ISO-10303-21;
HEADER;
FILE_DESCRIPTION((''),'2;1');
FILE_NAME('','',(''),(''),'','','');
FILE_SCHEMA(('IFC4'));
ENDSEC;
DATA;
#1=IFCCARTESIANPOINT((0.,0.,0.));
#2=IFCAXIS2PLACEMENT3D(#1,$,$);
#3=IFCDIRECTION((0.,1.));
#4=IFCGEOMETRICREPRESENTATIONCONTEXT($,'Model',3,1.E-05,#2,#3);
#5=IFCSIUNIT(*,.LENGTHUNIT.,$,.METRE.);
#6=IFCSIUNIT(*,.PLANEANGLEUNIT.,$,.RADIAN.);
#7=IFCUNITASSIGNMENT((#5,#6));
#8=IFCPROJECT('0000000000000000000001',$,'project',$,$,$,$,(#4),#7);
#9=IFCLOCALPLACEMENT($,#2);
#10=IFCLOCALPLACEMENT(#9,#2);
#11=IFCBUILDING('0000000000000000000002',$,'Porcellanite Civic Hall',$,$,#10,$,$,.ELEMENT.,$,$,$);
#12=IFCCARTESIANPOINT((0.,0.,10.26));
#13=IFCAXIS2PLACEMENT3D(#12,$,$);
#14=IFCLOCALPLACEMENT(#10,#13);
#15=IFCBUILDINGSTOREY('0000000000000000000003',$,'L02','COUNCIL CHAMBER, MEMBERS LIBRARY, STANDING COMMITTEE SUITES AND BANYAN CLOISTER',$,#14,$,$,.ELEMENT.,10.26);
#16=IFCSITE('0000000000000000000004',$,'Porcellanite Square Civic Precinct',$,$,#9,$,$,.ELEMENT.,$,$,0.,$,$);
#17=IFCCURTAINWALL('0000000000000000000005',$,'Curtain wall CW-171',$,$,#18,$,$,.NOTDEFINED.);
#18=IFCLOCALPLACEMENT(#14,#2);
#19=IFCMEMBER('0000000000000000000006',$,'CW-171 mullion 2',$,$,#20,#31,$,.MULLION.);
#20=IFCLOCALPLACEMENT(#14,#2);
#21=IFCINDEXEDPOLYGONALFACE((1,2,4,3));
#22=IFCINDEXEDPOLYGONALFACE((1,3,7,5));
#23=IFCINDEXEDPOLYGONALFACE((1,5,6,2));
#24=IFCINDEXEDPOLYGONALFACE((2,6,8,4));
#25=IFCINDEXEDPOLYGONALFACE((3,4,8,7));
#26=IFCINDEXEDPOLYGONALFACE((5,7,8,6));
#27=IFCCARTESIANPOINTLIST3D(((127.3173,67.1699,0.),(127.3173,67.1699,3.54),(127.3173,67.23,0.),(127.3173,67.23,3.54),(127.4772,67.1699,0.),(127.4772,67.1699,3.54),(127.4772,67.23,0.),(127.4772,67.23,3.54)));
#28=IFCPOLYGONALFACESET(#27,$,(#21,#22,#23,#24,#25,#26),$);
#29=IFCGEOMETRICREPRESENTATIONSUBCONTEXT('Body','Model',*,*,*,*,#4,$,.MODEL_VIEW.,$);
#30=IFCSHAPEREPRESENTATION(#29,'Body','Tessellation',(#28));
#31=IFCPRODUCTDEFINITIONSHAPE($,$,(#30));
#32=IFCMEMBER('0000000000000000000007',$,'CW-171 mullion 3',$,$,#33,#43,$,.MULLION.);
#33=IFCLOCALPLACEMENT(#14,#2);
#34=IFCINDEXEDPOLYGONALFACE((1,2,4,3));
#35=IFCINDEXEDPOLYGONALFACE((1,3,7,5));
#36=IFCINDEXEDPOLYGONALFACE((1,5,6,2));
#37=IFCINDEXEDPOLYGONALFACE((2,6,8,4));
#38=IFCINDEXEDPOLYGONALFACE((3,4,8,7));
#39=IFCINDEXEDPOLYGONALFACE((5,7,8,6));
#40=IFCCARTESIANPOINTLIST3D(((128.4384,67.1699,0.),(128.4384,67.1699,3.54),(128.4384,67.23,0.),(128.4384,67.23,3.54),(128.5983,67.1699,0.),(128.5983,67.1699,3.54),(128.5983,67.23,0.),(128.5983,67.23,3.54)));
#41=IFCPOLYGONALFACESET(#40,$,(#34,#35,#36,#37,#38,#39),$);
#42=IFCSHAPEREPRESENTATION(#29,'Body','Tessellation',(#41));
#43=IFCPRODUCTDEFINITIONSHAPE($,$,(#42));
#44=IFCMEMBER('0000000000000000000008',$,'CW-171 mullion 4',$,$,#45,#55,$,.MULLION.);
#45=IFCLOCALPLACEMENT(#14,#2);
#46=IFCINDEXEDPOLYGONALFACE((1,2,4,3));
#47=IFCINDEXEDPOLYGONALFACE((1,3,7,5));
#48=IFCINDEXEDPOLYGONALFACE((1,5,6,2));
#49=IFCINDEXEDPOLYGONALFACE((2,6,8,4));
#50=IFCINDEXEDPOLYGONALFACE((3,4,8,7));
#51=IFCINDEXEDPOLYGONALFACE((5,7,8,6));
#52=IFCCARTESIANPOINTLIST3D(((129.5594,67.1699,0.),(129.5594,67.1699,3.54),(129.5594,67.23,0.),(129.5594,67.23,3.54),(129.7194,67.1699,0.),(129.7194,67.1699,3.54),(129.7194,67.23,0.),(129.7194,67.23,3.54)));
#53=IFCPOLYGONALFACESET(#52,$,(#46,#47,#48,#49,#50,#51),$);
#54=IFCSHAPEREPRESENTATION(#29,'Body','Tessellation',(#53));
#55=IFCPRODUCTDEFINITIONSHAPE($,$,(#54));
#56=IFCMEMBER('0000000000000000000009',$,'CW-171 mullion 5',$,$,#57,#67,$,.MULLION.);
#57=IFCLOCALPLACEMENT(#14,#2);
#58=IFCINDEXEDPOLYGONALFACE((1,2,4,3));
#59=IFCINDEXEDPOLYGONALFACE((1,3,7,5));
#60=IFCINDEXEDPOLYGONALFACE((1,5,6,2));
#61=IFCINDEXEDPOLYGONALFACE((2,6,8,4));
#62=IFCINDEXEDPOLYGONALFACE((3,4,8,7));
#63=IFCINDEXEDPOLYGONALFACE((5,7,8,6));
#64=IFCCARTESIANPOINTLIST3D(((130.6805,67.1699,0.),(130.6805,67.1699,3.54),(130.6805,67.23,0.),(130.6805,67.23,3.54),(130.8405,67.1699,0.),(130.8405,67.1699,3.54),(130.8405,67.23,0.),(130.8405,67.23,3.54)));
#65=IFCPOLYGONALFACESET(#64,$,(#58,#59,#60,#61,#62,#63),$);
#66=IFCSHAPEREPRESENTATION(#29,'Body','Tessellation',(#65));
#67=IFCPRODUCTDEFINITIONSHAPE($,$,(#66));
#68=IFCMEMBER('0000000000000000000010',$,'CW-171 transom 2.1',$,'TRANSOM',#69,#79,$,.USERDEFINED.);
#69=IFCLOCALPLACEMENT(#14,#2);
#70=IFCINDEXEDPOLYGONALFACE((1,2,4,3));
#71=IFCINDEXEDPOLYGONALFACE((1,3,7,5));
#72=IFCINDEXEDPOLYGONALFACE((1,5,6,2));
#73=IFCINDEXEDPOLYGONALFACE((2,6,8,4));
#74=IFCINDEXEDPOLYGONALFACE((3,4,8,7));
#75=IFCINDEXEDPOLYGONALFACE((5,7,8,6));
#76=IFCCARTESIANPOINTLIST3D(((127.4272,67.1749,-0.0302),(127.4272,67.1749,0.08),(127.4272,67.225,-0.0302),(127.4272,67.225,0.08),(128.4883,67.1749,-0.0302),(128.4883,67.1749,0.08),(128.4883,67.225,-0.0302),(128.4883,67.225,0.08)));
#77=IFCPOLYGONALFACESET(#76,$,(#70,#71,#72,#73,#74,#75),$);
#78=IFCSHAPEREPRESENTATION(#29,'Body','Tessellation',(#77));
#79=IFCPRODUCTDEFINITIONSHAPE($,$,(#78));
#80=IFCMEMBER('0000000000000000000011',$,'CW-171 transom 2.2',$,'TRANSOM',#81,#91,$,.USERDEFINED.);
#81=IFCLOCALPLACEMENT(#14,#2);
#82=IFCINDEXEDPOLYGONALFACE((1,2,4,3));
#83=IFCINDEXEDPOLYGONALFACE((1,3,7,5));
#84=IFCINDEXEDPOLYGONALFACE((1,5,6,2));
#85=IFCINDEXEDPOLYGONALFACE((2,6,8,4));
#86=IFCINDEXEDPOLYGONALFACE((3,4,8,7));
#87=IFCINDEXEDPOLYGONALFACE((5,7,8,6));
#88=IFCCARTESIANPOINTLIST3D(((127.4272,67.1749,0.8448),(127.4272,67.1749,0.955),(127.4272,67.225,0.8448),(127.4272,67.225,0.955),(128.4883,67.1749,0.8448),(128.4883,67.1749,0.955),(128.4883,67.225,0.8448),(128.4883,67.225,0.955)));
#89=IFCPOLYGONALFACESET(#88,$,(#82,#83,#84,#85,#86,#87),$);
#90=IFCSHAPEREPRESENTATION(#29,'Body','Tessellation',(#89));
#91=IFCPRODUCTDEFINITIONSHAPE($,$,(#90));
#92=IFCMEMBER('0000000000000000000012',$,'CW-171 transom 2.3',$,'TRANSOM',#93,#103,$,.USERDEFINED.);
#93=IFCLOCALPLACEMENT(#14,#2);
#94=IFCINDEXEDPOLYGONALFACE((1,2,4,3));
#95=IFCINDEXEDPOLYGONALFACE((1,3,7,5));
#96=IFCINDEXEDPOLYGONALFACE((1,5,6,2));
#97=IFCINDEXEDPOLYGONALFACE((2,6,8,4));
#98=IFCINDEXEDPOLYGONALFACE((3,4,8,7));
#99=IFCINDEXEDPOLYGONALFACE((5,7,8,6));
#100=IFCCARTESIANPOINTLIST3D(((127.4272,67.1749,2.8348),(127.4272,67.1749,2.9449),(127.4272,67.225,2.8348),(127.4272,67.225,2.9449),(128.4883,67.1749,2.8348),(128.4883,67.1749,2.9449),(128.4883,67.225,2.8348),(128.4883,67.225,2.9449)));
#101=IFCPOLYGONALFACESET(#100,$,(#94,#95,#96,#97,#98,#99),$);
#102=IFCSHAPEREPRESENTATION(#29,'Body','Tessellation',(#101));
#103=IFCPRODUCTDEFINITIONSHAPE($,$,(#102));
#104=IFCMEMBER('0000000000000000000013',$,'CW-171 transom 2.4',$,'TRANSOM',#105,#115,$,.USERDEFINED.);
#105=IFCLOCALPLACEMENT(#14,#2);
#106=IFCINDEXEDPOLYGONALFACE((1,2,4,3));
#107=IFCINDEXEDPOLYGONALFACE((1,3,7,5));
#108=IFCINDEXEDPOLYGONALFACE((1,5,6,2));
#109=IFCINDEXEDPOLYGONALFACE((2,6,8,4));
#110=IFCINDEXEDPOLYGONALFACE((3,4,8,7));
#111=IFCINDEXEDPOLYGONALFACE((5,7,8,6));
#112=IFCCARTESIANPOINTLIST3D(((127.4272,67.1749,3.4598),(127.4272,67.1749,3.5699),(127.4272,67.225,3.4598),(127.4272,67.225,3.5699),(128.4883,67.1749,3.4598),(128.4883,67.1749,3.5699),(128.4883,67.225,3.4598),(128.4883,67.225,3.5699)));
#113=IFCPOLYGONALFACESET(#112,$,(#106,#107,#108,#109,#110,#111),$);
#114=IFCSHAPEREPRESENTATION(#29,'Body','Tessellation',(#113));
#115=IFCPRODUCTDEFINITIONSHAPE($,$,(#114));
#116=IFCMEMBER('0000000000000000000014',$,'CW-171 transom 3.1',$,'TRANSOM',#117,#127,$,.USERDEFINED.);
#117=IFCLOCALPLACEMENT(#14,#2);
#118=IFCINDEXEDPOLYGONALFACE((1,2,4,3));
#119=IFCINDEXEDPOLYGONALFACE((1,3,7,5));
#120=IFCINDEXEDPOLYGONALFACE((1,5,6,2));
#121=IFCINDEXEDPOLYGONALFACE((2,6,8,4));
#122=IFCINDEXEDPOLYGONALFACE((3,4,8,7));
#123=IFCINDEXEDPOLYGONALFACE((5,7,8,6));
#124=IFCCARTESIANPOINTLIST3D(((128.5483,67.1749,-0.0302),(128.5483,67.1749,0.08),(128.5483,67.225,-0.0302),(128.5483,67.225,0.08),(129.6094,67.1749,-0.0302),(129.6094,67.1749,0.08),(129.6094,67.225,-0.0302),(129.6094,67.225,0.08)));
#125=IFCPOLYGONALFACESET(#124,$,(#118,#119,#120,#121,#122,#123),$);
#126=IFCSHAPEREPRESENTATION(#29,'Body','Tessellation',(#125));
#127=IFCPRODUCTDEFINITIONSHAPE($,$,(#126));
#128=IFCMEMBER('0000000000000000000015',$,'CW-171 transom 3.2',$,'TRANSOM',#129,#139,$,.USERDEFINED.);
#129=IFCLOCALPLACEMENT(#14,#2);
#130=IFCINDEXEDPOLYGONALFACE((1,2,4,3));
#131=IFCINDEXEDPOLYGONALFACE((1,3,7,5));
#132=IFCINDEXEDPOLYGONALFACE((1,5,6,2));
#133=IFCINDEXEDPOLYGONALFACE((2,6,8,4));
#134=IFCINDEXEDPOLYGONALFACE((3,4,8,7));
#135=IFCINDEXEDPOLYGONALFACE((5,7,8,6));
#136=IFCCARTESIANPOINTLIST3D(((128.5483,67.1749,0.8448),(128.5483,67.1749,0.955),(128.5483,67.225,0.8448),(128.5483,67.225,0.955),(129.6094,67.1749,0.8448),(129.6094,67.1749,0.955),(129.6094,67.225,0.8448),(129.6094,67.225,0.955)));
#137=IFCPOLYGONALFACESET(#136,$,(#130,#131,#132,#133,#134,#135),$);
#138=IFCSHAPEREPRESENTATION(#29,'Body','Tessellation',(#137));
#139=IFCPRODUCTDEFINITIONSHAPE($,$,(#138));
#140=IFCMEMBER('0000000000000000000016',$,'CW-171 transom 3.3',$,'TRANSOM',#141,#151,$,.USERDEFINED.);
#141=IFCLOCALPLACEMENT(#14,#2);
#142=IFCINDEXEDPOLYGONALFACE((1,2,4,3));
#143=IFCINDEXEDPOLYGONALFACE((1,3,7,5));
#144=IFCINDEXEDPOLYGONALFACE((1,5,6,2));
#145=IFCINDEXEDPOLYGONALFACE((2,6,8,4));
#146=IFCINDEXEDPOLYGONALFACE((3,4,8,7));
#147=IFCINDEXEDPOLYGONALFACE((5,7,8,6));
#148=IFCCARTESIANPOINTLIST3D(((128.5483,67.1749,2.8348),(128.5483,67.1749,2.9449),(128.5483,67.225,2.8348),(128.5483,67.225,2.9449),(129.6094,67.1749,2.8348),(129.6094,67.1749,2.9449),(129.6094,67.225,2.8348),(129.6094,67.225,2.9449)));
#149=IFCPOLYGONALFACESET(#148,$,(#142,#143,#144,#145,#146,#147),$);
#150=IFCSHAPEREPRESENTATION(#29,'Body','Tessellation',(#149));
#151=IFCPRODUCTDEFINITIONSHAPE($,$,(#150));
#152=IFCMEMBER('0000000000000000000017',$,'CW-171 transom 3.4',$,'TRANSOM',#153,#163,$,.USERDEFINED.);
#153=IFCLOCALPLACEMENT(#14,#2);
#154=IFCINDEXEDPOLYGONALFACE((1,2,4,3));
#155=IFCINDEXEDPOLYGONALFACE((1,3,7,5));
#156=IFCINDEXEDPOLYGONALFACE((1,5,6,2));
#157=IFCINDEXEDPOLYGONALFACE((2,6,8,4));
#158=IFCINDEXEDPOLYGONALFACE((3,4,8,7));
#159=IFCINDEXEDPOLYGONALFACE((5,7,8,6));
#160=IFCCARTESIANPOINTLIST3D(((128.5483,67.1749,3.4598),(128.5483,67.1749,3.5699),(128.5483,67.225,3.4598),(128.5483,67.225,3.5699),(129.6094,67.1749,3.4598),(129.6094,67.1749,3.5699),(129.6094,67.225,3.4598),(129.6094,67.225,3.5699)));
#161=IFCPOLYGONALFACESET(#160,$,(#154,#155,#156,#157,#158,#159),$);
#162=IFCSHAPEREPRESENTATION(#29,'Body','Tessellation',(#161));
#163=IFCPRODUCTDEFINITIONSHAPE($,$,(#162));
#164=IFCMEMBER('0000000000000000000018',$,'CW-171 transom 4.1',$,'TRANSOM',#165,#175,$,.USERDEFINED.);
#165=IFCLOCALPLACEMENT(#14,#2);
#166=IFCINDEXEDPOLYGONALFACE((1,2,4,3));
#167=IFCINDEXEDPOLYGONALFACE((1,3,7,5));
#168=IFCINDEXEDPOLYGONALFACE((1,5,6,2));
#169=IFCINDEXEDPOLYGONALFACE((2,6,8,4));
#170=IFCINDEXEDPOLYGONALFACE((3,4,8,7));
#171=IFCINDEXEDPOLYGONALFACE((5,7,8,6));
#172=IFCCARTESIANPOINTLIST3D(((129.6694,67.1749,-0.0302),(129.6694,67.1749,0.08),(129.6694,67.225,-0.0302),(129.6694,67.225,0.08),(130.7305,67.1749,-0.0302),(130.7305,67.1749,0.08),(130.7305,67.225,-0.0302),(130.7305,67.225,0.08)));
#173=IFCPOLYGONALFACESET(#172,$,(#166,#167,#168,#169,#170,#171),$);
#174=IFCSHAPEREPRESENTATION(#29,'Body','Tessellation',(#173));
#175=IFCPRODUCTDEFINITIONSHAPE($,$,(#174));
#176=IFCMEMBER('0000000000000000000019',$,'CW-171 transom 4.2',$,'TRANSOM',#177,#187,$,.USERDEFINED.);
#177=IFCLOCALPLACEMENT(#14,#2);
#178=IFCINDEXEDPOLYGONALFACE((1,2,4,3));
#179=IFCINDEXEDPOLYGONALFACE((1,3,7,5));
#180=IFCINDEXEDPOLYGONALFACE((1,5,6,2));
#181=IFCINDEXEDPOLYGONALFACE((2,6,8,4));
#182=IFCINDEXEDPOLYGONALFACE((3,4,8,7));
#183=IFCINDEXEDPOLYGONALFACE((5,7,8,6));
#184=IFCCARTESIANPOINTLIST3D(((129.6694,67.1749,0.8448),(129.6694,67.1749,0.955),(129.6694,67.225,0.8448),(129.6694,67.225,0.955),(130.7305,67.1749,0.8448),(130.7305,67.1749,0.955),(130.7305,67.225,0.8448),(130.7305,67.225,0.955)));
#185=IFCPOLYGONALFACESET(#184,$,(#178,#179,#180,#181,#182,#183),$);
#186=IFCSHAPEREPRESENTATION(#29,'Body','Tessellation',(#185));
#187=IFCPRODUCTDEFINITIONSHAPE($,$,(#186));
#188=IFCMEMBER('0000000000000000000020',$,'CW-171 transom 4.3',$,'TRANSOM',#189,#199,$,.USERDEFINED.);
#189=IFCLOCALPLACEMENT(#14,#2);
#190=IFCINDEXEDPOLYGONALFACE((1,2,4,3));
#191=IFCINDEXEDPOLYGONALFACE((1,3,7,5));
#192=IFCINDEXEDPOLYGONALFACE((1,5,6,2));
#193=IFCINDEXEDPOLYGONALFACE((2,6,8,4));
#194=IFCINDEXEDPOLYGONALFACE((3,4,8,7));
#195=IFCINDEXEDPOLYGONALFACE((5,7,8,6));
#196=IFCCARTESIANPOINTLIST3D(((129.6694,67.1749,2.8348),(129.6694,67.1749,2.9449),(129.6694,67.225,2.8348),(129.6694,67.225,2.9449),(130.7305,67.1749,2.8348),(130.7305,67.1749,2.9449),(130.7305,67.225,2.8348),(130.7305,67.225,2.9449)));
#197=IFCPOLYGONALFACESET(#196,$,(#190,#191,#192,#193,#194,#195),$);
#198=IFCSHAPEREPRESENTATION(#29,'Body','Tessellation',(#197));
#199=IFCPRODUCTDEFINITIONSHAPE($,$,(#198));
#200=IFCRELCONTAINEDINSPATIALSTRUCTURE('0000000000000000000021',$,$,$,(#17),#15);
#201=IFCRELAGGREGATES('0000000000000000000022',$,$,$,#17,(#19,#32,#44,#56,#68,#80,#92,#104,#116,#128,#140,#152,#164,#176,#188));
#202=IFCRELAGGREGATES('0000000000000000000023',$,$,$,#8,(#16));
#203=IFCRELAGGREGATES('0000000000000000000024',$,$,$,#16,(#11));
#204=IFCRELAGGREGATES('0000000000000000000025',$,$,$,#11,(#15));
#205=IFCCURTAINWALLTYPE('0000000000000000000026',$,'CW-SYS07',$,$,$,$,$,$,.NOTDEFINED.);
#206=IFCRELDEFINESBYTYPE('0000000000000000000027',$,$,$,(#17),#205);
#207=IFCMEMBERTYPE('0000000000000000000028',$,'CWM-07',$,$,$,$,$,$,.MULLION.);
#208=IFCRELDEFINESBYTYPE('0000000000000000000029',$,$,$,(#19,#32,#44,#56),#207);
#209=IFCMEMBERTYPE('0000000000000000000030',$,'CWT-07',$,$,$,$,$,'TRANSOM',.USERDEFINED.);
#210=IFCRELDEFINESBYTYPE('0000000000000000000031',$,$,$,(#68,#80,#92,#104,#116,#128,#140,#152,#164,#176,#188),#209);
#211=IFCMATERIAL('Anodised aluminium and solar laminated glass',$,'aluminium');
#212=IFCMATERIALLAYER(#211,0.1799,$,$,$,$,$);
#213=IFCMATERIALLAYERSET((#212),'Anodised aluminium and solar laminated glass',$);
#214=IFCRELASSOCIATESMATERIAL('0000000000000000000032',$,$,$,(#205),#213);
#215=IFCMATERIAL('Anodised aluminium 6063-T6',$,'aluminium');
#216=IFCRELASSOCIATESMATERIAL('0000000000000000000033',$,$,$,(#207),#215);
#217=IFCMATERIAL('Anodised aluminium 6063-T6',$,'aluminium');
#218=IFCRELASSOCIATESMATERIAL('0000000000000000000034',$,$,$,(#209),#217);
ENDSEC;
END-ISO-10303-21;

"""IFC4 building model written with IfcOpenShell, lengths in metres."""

from ifc_helpers import new_model, si_unit, direction, frame, origin, origin_2d, place, context, subcontext, project, spatial, rectangle, extrude, material, layer, layer_set, material_profile, profile_set, type_object, element, aggregate, save


model = new_model("IFC4")

# Units and contexts
model_context = context("Model", 3, precision=1e-05, world=origin(), true_north=direction((0.0, 1.0)))
body_context = subcontext(model_context, "Body", "Model", "MODEL_VIEW")
ifc_project = project(units=[si_unit("LENGTHUNIT", "METRE"), si_unit("PLANEANGLEUNIT", "RADIAN")], contexts=[model_context])

# Site, building, storey
site_placement = place(None, origin())
site = spatial("IfcSite", under=ifc_project, at=site_placement, Name="Porcellanite Square Civic Precinct", CompositionType="ELEMENT", RefElevation=0.0)
building_placement = place(site_placement, origin())
building = spatial("IfcBuilding", under=site, at=building_placement, Name="Porcellanite Civic Hall", CompositionType="ELEMENT")
storey_placement = place(building_placement, frame((0.0, 0.0, 10.26)))
storey = spatial("IfcBuildingStorey", under=building, at=storey_placement, Name="L02", Description="COUNCIL CHAMBER, MEMBERS LIBRARY, STANDING COMMITTEE SUITES AND BANYAN CLOISTER", CompositionType="ELEMENT", Elevation=10.26)

# Curtain wall, members
ifc_material_1 = material(Name="Anodised aluminium and solar laminated glass", Category="aluminium")
ifc_layer_1 = layer(ifc_material_1, 0.1799)
ifc_layer_set_1 = layer_set([ifc_layer_1], Name="Anodised aluminium and solar laminated glass")
curtain_wall_type = type_object("IfcCurtainWallType", Name="CW-SYS07", PredefinedType="NOTDEFINED", material=ifc_layer_set_1)
curtain_wall_placement = place(storey_placement, origin())
curtain_wall = element("IfcCurtainWall", 1, at=curtain_wall_placement, inside=storey, type_object=curtain_wall_type, Name="Curtain wall CW-171", PredefinedType="NOTDEFINED")
ifc_material_2 = material(Name="Anodised aluminium 6063-T6", Category="aluminium")
ifc_material_profile_1 = material_profile(ifc_material_2, rectangle(XDim=0.0601, YDim=0.1599, at=origin_2d()), Name="AL-60x160")
ifc_profile_set_1 = profile_set([ifc_material_profile_1], Name="Anodised aluminium 6063-T6")
member_type_1 = type_object("IfcMemberType", Name="CWM-07", PredefinedType="MULLION", material=ifc_profile_set_1)
member_1_placement = place(storey_placement, frame((127.3972, 67.2, 0.0), z_axis=(0.0, 0.0, 1.0), x_axis=(0.0, 1.0, 0.0)))
member_1 = element("IfcMember", 2, at=member_1_placement, type_object=member_type_1, Name="CW-171 mullion 2", PredefinedType="MULLION", context=body_context, shape_type="SweptSolid", body=[
    extrude(rectangle(XDim=0.0601, YDim=0.1599, at=origin_2d()), origin(), (0.0, 0.0, 1.0), 3.54),
])
member_2_placement = place(storey_placement, frame((128.5183, 67.2, 0.0), z_axis=(0.0, 0.0, 1.0), x_axis=(0.0, 1.0, 0.0)))
member_2 = element("IfcMember", 3, at=member_2_placement, type_object=member_type_1, Name="CW-171 mullion 3", PredefinedType="MULLION", context=body_context, shape_type="SweptSolid", body=[
    extrude(rectangle(XDim=0.0601, YDim=0.1599, at=origin_2d()), origin(), (0.0, 0.0, 1.0), 3.54),
])
member_3_placement = place(storey_placement, frame((129.6394, 67.2, 0.0), z_axis=(0.0, 0.0, 1.0), x_axis=(0.0, 1.0, 0.0)))
member_3 = element("IfcMember", 4, at=member_3_placement, type_object=member_type_1, Name="CW-171 mullion 4", PredefinedType="MULLION", context=body_context, shape_type="SweptSolid", body=[
    extrude(rectangle(XDim=0.0601, YDim=0.1599, at=origin_2d()), origin(), (0.0, 0.0, 1.0), 3.54),
])
member_4_placement = place(storey_placement, frame((130.7605, 67.2, 0.0), z_axis=(0.0, 0.0, 1.0), x_axis=(0.0, 1.0, 0.0)))
member_4 = element("IfcMember", 5, at=member_4_placement, type_object=member_type_1, Name="CW-171 mullion 5", PredefinedType="MULLION", context=body_context, shape_type="SweptSolid", body=[
    extrude(rectangle(XDim=0.0601, YDim=0.1599, at=origin_2d()), origin(), (0.0, 0.0, 1.0), 3.54),
])
ifc_material_3 = material(Name="Anodised aluminium 6063-T6", Category="aluminium")
ifc_material_profile_2 = material_profile(ifc_material_3, rectangle(XDim=0.05, YDim=0.1101, at=origin_2d()), Name="AL-50x110")
ifc_profile_set_2 = profile_set([ifc_material_profile_2], Name="Anodised aluminium 6063-T6")
member_type_2 = type_object("IfcMemberType", Name="CWT-07", ElementType="TRANSOM", PredefinedType="USERDEFINED", material=ifc_profile_set_2)
member_5_placement = place(storey_placement, frame((127.4272, 67.2, 0.0249), z_axis=(1.0, 0.0, 0.0), x_axis=(0.0, 1.0, 0.0)))
member_5 = element("IfcMember", 6, at=member_5_placement, type_object=member_type_2, Name="CW-171 transom 2.1", ObjectType="TRANSOM", PredefinedType="USERDEFINED", context=body_context, shape_type="SweptSolid", body=[
    extrude(rectangle(XDim=0.05, YDim=0.1101, at=origin_2d()), origin(), (0.0, 0.0, 1.0), 1.061),
])
member_6_placement = place(storey_placement, frame((127.4272, 67.2, 0.8999), z_axis=(1.0, 0.0, 0.0), x_axis=(0.0, 1.0, 0.0)))
member_6 = element("IfcMember", 7, at=member_6_placement, type_object=member_type_2, Name="CW-171 transom 2.2", ObjectType="TRANSOM", PredefinedType="USERDEFINED", context=body_context, shape_type="SweptSolid", body=[
    extrude(rectangle(XDim=0.05, YDim=0.1101, at=origin_2d()), origin(), (0.0, 0.0, 1.0), 1.061),
])
member_7_placement = place(storey_placement, frame((127.4272, 67.2, 2.8899), z_axis=(1.0, 0.0, 0.0), x_axis=(0.0, 1.0, 0.0)))
member_7 = element("IfcMember", 8, at=member_7_placement, type_object=member_type_2, Name="CW-171 transom 2.3", ObjectType="TRANSOM", PredefinedType="USERDEFINED", context=body_context, shape_type="SweptSolid", body=[
    extrude(rectangle(XDim=0.05, YDim=0.1101, at=origin_2d()), origin(), (0.0, 0.0, 1.0), 1.061),
])
member_8_placement = place(storey_placement, frame((127.4272, 67.2, 3.5149), z_axis=(1.0, 0.0, 0.0), x_axis=(0.0, 1.0, 0.0)))
member_8 = element("IfcMember", 9, at=member_8_placement, type_object=member_type_2, Name="CW-171 transom 2.4", ObjectType="TRANSOM", PredefinedType="USERDEFINED", context=body_context, shape_type="SweptSolid", body=[
    extrude(rectangle(XDim=0.05, YDim=0.1101, at=origin_2d()), origin(), (0.0, 0.0, 1.0), 1.061),
])
member_9_placement = place(storey_placement, frame((128.5483, 67.2, 0.0249), z_axis=(1.0, 0.0, 0.0), x_axis=(0.0, 1.0, 0.0)))
member_9 = element("IfcMember", 10, at=member_9_placement, type_object=member_type_2, Name="CW-171 transom 3.1", ObjectType="TRANSOM", PredefinedType="USERDEFINED", context=body_context, shape_type="SweptSolid", body=[
    extrude(rectangle(XDim=0.05, YDim=0.1101, at=origin_2d()), origin(), (0.0, 0.0, 1.0), 1.061),
])
member_10_placement = place(storey_placement, frame((128.5483, 67.2, 0.8999), z_axis=(1.0, 0.0, 0.0), x_axis=(0.0, 1.0, 0.0)))
member_10 = element("IfcMember", 11, at=member_10_placement, type_object=member_type_2, Name="CW-171 transom 3.2", ObjectType="TRANSOM", PredefinedType="USERDEFINED", context=body_context, shape_type="SweptSolid", body=[
    extrude(rectangle(XDim=0.05, YDim=0.1101, at=origin_2d()), origin(), (0.0, 0.0, 1.0), 1.061),
])
member_11_placement = place(storey_placement, frame((128.5483, 67.2, 2.8899), z_axis=(1.0, 0.0, 0.0), x_axis=(0.0, 1.0, 0.0)))
member_11 = element("IfcMember", 12, at=member_11_placement, type_object=member_type_2, Name="CW-171 transom 3.3", ObjectType="TRANSOM", PredefinedType="USERDEFINED", context=body_context, shape_type="SweptSolid", body=[
    extrude(rectangle(XDim=0.05, YDim=0.1101, at=origin_2d()), origin(), (0.0, 0.0, 1.0), 1.061),
])
member_12_placement = place(storey_placement, frame((128.5483, 67.2, 3.5149), z_axis=(1.0, 0.0, 0.0), x_axis=(0.0, 1.0, 0.0)))
member_12 = element("IfcMember", 13, at=member_12_placement, type_object=member_type_2, Name="CW-171 transom 3.4", ObjectType="TRANSOM", PredefinedType="USERDEFINED", context=body_context, shape_type="SweptSolid", body=[
    extrude(rectangle(XDim=0.05, YDim=0.1101, at=origin_2d()), origin(), (0.0, 0.0, 1.0), 1.061),
])
member_13_placement = place(storey_placement, frame((129.6694, 67.2, 0.0249), z_axis=(1.0, 0.0, 0.0), x_axis=(0.0, 1.0, 0.0)))
member_13 = element("IfcMember", 14, at=member_13_placement, type_object=member_type_2, Name="CW-171 transom 4.1", ObjectType="TRANSOM", PredefinedType="USERDEFINED", context=body_context, shape_type="SweptSolid", body=[
    extrude(rectangle(XDim=0.05, YDim=0.1101, at=origin_2d()), origin(), (0.0, 0.0, 1.0), 1.061),
])
member_14_placement = place(storey_placement, frame((129.6694, 67.2, 0.8999), z_axis=(1.0, 0.0, 0.0), x_axis=(0.0, 1.0, 0.0)))
member_14 = element("IfcMember", 15, at=member_14_placement, type_object=member_type_2, Name="CW-171 transom 4.2", ObjectType="TRANSOM", PredefinedType="USERDEFINED", context=body_context, shape_type="SweptSolid", body=[
    extrude(rectangle(XDim=0.05, YDim=0.1101, at=origin_2d()), origin(), (0.0, 0.0, 1.0), 1.061),
])
member_15_placement = place(storey_placement, frame((129.6694, 67.2, 2.8899), z_axis=(1.0, 0.0, 0.0), x_axis=(0.0, 1.0, 0.0)))
member_15 = element("IfcMember", 16, at=member_15_placement, type_object=member_type_2, Name="CW-171 transom 4.3", ObjectType="TRANSOM", PredefinedType="USERDEFINED", context=body_context, shape_type="SweptSolid", body=[
    extrude(rectangle(XDim=0.05, YDim=0.1101, at=origin_2d()), origin(), (0.0, 0.0, 1.0), 1.061),
])
aggregate(curtain_wall, [member_1, member_2, member_3, member_4, member_5, member_6, member_7, member_8, member_9, member_10, member_11, member_12, member_13, member_14, member_15])

save(model, "model.ifc")
